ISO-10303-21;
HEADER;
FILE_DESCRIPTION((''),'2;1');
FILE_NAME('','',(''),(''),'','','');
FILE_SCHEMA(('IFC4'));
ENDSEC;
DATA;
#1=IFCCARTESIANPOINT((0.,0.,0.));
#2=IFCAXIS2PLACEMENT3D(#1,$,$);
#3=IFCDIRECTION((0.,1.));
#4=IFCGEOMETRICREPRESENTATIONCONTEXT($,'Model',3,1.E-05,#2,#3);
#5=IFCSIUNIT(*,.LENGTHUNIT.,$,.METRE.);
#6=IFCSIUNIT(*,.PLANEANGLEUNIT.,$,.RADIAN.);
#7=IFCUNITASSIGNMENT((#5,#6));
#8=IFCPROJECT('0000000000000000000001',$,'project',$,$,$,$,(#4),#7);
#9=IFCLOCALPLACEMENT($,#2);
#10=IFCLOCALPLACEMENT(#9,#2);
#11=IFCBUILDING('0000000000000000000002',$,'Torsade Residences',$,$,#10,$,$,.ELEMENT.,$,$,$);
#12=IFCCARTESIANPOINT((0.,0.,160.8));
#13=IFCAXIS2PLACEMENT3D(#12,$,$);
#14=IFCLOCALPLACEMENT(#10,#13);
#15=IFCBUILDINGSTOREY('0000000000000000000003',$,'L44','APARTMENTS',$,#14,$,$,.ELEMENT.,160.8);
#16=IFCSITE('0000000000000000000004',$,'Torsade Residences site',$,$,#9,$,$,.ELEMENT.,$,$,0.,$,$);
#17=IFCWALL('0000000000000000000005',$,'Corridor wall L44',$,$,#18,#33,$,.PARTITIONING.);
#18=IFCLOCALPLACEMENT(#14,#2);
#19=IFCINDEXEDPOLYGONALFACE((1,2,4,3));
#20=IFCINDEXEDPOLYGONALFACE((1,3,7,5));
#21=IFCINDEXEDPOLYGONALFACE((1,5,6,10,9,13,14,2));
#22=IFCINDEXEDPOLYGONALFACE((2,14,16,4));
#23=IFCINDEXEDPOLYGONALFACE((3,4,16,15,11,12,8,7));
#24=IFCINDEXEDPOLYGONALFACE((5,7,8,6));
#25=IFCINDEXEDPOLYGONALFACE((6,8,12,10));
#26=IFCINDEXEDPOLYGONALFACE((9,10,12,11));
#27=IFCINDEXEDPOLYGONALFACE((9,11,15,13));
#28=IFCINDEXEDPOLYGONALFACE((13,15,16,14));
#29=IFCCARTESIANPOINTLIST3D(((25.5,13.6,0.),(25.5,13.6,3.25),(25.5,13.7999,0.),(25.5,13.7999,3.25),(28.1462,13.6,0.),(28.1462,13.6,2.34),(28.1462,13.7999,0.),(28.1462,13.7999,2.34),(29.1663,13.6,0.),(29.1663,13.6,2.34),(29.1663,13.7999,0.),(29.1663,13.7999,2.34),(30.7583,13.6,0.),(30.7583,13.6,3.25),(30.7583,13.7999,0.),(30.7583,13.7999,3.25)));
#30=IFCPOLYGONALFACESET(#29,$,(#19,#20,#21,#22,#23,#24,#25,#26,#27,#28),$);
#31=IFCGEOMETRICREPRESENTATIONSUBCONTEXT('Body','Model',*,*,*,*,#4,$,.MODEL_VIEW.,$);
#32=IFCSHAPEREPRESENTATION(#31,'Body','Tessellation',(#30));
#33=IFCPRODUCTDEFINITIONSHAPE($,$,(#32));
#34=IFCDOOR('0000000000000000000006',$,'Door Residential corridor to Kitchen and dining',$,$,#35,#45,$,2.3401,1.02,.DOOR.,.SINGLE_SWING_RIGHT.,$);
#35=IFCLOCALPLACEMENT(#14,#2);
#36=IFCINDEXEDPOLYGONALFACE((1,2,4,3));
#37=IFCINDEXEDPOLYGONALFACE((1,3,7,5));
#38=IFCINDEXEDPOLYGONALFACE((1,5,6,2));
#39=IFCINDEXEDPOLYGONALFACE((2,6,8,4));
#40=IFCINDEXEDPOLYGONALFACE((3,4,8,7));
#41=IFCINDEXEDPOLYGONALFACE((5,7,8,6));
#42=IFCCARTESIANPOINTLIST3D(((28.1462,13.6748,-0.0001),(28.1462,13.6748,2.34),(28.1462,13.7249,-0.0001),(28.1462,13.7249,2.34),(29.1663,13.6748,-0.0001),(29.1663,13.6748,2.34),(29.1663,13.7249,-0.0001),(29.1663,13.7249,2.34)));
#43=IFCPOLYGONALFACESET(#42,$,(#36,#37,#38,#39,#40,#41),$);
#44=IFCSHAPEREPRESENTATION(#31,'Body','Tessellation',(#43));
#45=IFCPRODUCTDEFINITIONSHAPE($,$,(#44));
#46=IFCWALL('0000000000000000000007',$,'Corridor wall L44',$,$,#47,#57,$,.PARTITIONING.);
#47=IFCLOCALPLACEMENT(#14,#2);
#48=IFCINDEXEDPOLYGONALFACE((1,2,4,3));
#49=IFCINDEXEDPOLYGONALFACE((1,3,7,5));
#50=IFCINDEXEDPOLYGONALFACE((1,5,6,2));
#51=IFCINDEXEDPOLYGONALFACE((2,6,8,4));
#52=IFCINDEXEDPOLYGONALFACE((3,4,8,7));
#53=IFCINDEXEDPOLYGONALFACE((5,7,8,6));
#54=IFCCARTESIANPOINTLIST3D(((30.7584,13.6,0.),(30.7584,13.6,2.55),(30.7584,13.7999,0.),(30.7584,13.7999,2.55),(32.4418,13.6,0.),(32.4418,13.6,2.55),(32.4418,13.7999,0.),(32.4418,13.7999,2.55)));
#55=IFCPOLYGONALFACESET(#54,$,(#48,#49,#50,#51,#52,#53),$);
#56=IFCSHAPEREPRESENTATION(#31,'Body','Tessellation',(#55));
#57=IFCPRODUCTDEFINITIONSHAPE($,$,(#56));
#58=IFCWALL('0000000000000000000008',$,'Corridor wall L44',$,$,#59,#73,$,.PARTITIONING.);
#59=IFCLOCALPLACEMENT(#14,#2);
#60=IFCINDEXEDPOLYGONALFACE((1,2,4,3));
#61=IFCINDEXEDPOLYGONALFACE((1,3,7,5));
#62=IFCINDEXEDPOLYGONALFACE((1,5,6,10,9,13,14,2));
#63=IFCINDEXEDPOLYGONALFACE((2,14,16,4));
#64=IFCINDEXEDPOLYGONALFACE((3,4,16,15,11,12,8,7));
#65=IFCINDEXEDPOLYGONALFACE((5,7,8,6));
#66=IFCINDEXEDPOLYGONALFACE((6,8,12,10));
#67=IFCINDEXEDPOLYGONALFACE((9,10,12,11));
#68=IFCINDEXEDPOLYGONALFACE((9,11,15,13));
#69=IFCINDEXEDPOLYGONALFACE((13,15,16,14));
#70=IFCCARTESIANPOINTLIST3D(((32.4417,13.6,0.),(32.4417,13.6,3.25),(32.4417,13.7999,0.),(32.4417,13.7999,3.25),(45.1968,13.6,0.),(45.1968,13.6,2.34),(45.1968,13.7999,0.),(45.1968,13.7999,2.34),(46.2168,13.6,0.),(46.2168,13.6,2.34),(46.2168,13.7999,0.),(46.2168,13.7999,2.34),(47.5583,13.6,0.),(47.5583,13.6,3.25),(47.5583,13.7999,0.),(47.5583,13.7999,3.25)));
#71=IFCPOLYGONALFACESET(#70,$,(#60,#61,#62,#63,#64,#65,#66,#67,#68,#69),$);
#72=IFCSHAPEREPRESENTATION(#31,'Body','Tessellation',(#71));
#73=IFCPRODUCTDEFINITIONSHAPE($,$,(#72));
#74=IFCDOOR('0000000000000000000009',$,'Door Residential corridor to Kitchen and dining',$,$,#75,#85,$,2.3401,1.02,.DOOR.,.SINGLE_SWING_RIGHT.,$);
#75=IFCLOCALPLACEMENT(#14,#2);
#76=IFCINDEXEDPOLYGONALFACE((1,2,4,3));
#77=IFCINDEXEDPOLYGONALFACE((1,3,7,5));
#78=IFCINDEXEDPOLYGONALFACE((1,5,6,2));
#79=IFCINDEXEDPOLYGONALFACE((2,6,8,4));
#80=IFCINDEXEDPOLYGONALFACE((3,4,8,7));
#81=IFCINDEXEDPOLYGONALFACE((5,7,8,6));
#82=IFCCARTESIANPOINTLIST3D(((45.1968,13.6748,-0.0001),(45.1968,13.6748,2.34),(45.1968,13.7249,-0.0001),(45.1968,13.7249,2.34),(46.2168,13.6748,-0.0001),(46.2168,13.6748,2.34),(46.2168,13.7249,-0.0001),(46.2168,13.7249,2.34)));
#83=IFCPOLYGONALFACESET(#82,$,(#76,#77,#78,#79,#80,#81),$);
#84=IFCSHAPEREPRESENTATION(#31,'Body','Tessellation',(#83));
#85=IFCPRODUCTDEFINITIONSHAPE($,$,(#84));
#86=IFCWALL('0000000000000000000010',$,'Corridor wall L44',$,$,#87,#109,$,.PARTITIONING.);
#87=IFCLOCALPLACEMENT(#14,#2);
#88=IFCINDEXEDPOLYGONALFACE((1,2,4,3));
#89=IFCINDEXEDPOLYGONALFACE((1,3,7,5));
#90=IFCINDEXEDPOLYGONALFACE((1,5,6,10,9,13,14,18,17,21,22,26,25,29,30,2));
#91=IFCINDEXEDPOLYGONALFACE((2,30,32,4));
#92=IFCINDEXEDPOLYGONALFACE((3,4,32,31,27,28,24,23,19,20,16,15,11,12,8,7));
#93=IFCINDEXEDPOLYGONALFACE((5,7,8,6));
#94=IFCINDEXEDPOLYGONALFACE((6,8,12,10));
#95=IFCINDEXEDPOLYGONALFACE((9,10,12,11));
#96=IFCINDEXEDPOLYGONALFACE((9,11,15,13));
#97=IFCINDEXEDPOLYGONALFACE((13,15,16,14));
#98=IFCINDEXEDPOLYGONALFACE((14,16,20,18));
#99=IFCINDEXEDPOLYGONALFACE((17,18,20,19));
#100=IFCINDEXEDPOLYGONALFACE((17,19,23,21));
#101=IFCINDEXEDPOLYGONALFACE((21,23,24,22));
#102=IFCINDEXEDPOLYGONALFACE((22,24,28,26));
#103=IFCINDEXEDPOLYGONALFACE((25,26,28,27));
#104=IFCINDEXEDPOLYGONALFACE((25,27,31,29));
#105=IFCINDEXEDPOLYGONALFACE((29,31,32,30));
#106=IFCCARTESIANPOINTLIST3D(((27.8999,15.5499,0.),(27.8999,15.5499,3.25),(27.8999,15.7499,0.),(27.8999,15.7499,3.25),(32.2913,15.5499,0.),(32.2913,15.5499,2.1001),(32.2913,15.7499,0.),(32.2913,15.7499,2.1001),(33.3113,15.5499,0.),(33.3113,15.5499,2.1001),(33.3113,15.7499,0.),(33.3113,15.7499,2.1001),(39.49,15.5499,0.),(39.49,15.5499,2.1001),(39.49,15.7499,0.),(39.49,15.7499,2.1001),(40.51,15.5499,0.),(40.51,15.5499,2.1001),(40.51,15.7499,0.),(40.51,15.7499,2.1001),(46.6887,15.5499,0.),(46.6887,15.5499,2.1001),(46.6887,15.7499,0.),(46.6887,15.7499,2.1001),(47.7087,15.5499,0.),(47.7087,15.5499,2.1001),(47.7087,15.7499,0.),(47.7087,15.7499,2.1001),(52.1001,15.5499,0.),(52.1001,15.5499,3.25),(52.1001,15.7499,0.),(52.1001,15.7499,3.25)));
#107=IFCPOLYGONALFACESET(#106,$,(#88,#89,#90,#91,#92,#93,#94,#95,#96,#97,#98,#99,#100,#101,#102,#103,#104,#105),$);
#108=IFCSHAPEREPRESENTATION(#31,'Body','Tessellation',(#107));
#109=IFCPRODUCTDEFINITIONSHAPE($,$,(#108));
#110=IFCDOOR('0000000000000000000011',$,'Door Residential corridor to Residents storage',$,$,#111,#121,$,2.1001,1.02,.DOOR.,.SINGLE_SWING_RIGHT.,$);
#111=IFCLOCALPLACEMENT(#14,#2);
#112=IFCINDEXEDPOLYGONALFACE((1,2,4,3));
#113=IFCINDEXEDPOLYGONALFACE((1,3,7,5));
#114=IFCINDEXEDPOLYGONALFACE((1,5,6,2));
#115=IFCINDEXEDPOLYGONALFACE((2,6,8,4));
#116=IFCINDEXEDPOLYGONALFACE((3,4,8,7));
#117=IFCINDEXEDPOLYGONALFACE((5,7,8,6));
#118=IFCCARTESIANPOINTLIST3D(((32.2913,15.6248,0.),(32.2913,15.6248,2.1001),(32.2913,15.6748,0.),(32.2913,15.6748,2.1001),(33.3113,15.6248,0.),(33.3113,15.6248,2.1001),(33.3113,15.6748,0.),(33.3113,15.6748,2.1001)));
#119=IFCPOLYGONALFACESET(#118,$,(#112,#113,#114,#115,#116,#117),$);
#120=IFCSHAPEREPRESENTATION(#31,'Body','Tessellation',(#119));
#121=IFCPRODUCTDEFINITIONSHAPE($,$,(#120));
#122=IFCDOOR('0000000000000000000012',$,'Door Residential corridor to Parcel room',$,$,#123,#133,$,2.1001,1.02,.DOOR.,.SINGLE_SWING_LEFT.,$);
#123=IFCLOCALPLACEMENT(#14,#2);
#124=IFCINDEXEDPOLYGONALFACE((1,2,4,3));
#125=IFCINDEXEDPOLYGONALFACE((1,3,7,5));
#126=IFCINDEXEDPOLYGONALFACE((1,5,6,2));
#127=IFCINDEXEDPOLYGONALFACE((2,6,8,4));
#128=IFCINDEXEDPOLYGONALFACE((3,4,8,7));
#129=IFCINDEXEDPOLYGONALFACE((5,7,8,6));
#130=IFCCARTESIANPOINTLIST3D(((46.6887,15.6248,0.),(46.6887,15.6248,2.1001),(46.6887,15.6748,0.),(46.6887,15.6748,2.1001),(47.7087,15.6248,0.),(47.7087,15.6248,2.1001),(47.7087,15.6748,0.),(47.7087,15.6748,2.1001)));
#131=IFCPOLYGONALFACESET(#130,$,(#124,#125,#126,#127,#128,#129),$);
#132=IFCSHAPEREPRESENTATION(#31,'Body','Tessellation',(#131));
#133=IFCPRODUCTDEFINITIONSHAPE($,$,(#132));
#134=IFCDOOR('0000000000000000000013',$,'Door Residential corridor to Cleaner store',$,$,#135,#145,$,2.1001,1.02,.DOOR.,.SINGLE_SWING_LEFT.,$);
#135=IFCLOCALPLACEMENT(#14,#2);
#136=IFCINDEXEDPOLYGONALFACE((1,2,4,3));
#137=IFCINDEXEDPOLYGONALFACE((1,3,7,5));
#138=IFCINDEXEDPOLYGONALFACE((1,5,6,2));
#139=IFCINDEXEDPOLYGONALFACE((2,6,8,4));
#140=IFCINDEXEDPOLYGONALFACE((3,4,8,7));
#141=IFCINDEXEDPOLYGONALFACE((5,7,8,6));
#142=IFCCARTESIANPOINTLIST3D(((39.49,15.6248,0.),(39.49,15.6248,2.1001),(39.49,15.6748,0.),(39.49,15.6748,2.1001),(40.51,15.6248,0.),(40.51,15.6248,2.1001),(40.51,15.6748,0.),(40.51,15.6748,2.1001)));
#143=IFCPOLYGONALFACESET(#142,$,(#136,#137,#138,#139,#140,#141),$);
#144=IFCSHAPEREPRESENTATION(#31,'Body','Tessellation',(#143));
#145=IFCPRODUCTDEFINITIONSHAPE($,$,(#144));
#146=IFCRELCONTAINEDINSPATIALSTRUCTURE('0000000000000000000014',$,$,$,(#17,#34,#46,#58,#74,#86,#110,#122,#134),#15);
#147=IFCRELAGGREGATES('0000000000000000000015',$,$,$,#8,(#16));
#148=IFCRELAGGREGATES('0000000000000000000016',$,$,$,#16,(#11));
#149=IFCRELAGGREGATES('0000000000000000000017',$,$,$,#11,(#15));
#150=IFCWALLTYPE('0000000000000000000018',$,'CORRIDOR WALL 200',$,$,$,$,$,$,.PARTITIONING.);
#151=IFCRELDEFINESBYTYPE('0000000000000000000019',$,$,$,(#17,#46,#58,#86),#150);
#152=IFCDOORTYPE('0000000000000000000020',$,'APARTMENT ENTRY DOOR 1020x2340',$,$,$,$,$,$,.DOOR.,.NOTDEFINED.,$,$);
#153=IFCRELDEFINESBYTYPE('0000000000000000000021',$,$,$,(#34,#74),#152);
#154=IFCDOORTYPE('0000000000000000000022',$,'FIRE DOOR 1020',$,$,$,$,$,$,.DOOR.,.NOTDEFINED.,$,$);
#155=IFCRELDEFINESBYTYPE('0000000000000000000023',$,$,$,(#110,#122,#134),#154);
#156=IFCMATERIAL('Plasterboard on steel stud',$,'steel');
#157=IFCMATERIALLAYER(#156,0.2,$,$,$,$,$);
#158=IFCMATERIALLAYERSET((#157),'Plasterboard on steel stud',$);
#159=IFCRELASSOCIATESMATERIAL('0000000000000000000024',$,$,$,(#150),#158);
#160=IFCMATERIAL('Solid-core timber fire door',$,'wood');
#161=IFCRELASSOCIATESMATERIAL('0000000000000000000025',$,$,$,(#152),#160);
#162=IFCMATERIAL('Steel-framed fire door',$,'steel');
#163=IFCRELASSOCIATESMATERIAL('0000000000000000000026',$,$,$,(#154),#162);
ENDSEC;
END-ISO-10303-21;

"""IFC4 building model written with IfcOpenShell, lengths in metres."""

from ifc_helpers import new_model, si_unit, direction, frame, frame_2d, origin, place, context, subcontext, project, spatial, rectangle, extrude, material, layer, layer_set, type_object, element, fill, save


model = new_model("IFC4")

# Units and contexts
model_context = context("Model", 3, precision=1e-05, world=origin(), true_north=direction((0.0, 1.0)))
body_context = subcontext(model_context, "Body", "Model", "MODEL_VIEW")
ifc_project = project(units=[si_unit("LENGTHUNIT", "METRE"), si_unit("PLANEANGLEUNIT", "RADIAN")], contexts=[model_context])

# Site, building, storey
site_placement = place(None, origin())
site = spatial("IfcSite", under=ifc_project, at=site_placement, Name="Torsade Residences site", CompositionType="ELEMENT", RefElevation=0.0)
building_placement = place(site_placement, origin())
building = spatial("IfcBuilding", under=site, at=building_placement, Name="Torsade Residences", CompositionType="ELEMENT")
storey_placement = place(building_placement, frame((0.0, 0.0, 160.8)))
storey = spatial("IfcBuildingStorey", under=building, at=storey_placement, Name="L44", Description="APARTMENTS", CompositionType="ELEMENT", Elevation=160.8)

# Wall, opening, door
ifc_material_1 = material(Name="Plasterboard on steel stud", Category="steel")
ifc_layer_1 = layer(ifc_material_1, 0.2)
ifc_layer_set_1 = layer_set([ifc_layer_1], Name="Plasterboard on steel stud")
wall_type_1 = type_object("IfcWallType", Name="CORRIDOR WALL 200", PredefinedType="PARTITIONING", material=ifc_layer_set_1)
wall_1_placement = place(storey_placement, frame((25.5, 13.7, 0.0), z_axis=(0.0, 0.0, 1.0), x_axis=(1.0, 0.0, 0.0)))
wall_1 = element("IfcWall", 1, at=wall_1_placement, inside=storey, type_object=wall_type_1, Name="Corridor wall L44", PredefinedType="PARTITIONING", context=body_context, shape_type="SweptSolid", body=[
    extrude(rectangle(XDim=5.2583, YDim=0.2, at=frame_2d((2.6292, 0.0))), origin(), (0.0, 0.0, 1.0), 3.25),
])
opening_1_placement = place(wall_1_placement, frame((2.6462, 0.0, 0.0)))
opening_1 = element("IfcOpeningElement", 2, at=opening_1_placement, cuts=wall_1, PredefinedType="OPENING", context=body_context, shape_type="SweptSolid", body=[
    extrude(rectangle(XDim=1.02, YDim=2.3401, at=frame_2d((0.51, 1.1699))), frame((0.0, 0.1099, 0.0), z_axis=(0.0, -1.0, 0.0), x_axis=(1.0, 0.0, 0.0)), (0.0, 0.0, 1.0), 0.22),
])
ifc_material_2 = material(Name="Solid-core timber fire door", Category="wood")
door_type_1 = type_object("IfcDoorType", Name="APARTMENT ENTRY DOOR 1020x2340", OperationType="NOTDEFINED", PredefinedType="DOOR", material=ifc_material_2)
door_1_placement = place(opening_1_placement, origin())
door_1 = element("IfcDoor", 3, at=door_1_placement, inside=storey, type_object=door_type_1, Name="Door Residential corridor to Kitchen and dining", OperationType="SINGLE_SWING_RIGHT", OverallHeight=2.3401, OverallWidth=1.02, PredefinedType="DOOR", context=body_context, shape_type="SweptSolid", body=[
    extrude(rectangle(XDim=1.02, YDim=2.3401, at=frame_2d((0.51, 1.1699))), frame((0.0, 0.0249, 0.0), z_axis=(0.0, -1.0, 0.0), x_axis=(1.0, 0.0, 0.0)), (0.0, 0.0, 1.0), 0.05),
])
fill(opening_1, door_1)

# Wall
wall_2_placement = place(storey_placement, frame((30.7583, 13.7, 0.0), z_axis=(0.0, 0.0, 1.0), x_axis=(1.0, 0.0, 0.0)))
element("IfcWall", 4, at=wall_2_placement, inside=storey, type_object=wall_type_1, Name="Corridor wall L44", PredefinedType="PARTITIONING", context=body_context, shape_type="SweptSolid", body=[
    extrude(rectangle(XDim=1.6833, YDim=0.2, at=frame_2d((0.8418, 0.0))), origin(), (0.0, 0.0, 1.0), 2.55),
])

# Wall, opening, door
wall_3_placement = place(storey_placement, frame((32.4417, 13.7, 0.0), z_axis=(0.0, 0.0, 1.0), x_axis=(1.0, 0.0, 0.0)))
wall_3 = element("IfcWall", 5, at=wall_3_placement, inside=storey, type_object=wall_type_1, Name="Corridor wall L44", PredefinedType="PARTITIONING", context=body_context, shape_type="SweptSolid", body=[
    extrude(rectangle(XDim=15.1167, YDim=0.2, at=frame_2d((7.5583, 0.0))), origin(), (0.0, 0.0, 1.0), 3.25),
])
opening_2_placement = place(wall_3_placement, frame((12.7551, 0.0, 0.0)))
opening_2 = element("IfcOpeningElement", 6, at=opening_2_placement, cuts=wall_3, PredefinedType="OPENING", context=body_context, shape_type="SweptSolid", body=[
    extrude(rectangle(XDim=1.02, YDim=2.3401, at=frame_2d((0.51, 1.1699))), frame((0.0, 0.1099, 0.0), z_axis=(0.0, -1.0, 0.0), x_axis=(1.0, 0.0, 0.0)), (0.0, 0.0, 1.0), 0.22),
])
door_2_placement = place(opening_2_placement, origin())
door_2 = element("IfcDoor", 7, at=door_2_placement, inside=storey, type_object=door_type_1, Name="Door Residential corridor to Kitchen and dining", OperationType="SINGLE_SWING_RIGHT", OverallHeight=2.3401, OverallWidth=1.02, PredefinedType="DOOR", context=body_context, shape_type="SweptSolid", body=[
    extrude(rectangle(XDim=1.02, YDim=2.3401, at=frame_2d((0.51, 1.1699))), frame((0.0, 0.0249, 0.0), z_axis=(0.0, -1.0, 0.0), x_axis=(1.0, 0.0, 0.0)), (0.0, 0.0, 1.0), 0.05),
])
fill(opening_2, door_2)

# Wall, openings, doors
wall_4_placement = place(storey_placement, frame((27.8999, 15.6499, 0.0), z_axis=(0.0, 0.0, 1.0), x_axis=(1.0, 0.0, 0.0)))
wall_4 = element("IfcWall", 8, at=wall_4_placement, inside=storey, type_object=wall_type_1, Name="Corridor wall L44", PredefinedType="PARTITIONING", context=body_context, shape_type="SweptSolid", body=[
    extrude(rectangle(XDim=24.2002, YDim=0.2, at=frame_2d((12.1001, 0.0))), origin(), (0.0, 0.0, 1.0), 3.25),
])
opening_3_placement = place(wall_4_placement, frame((4.3914, 0.0, 0.0)))
opening_3 = element("IfcOpeningElement", 9, at=opening_3_placement, cuts=wall_4, PredefinedType="OPENING", context=body_context, shape_type="SweptSolid", body=[
    extrude(rectangle(XDim=1.02, YDim=2.1001, at=frame_2d((0.51, 1.05))), frame((0.0, 0.1099, 0.0), z_axis=(0.0, -1.0, 0.0), x_axis=(1.0, 0.0, 0.0)), (0.0, 0.0, 1.0), 0.22),
])
opening_4_placement = place(wall_4_placement, frame((18.7888, 0.0, 0.0)))
opening_4 = element("IfcOpeningElement", 10, at=opening_4_placement, cuts=wall_4, PredefinedType="OPENING", context=body_context, shape_type="SweptSolid", body=[
    extrude(rectangle(XDim=1.02, YDim=2.1001, at=frame_2d((0.51, 1.05))), frame((0.0, 0.1099, 0.0), z_axis=(0.0, -1.0, 0.0), x_axis=(1.0, 0.0, 0.0)), (0.0, 0.0, 1.0), 0.22),
])
opening_5_placement = place(wall_4_placement, frame((11.5901, 0.0, 0.0)))
opening_5 = element("IfcOpeningElement", 11, at=opening_5_placement, cuts=wall_4, PredefinedType="OPENING", context=body_context, shape_type="SweptSolid", body=[
    extrude(rectangle(XDim=1.02, YDim=2.1001, at=frame_2d((0.51, 1.05))), frame((0.0, 0.1099, 0.0), z_axis=(0.0, -1.0, 0.0), x_axis=(1.0, 0.0, 0.0)), (0.0, 0.0, 1.0), 0.22),
])
ifc_material_3 = material(Name="Steel-framed fire door", Category="steel")
door_type_2 = type_object("IfcDoorType", Name="FIRE DOOR 1020", OperationType="NOTDEFINED", PredefinedType="DOOR", material=ifc_material_3)
door_3_placement = place(opening_3_placement, origin())
door_3 = element("IfcDoor", 12, at=door_3_placement, inside=storey, type_object=door_type_2, Name="Door Residential corridor to Residents storage", OperationType="SINGLE_SWING_RIGHT", OverallHeight=2.1001, OverallWidth=1.02, PredefinedType="DOOR", context=body_context, shape_type="SweptSolid", body=[
    extrude(rectangle(XDim=1.02, YDim=2.1001, at=frame_2d((0.51, 1.05))), frame((0.0, 0.0249, 0.0), z_axis=(0.0, -1.0, 0.0), x_axis=(1.0, 0.0, 0.0)), (0.0, 0.0, 1.0), 0.05),
])
fill(opening_3, door_3)
door_4_placement = place(opening_4_placement, origin())
door_4 = element("IfcDoor", 13, at=door_4_placement, inside=storey, type_object=door_type_2, Name="Door Residential corridor to Parcel room", OperationType="SINGLE_SWING_LEFT", OverallHeight=2.1001, OverallWidth=1.02, PredefinedType="DOOR", context=body_context, shape_type="SweptSolid", body=[
    extrude(rectangle(XDim=1.02, YDim=2.1001, at=frame_2d((0.51, 1.05))), frame((0.0, 0.0249, 0.0), z_axis=(0.0, -1.0, 0.0), x_axis=(1.0, 0.0, 0.0)), (0.0, 0.0, 1.0), 0.05),
])
fill(opening_4, door_4)
door_5_placement = place(opening_5_placement, origin())
door_5 = element("IfcDoor", 14, at=door_5_placement, inside=storey, type_object=door_type_2, Name="Door Residential corridor to Cleaner store", OperationType="SINGLE_SWING_LEFT", OverallHeight=2.1001, OverallWidth=1.02, PredefinedType="DOOR", context=body_context, shape_type="SweptSolid", body=[
    extrude(rectangle(XDim=1.02, YDim=2.1001, at=frame_2d((0.51, 1.05))), frame((0.0, 0.0249, 0.0), z_axis=(0.0, -1.0, 0.0), x_axis=(1.0, 0.0, 0.0)), (0.0, 0.0, 1.0), 0.05),
])
fill(opening_5, door_5)

save(model, "model.ifc")
